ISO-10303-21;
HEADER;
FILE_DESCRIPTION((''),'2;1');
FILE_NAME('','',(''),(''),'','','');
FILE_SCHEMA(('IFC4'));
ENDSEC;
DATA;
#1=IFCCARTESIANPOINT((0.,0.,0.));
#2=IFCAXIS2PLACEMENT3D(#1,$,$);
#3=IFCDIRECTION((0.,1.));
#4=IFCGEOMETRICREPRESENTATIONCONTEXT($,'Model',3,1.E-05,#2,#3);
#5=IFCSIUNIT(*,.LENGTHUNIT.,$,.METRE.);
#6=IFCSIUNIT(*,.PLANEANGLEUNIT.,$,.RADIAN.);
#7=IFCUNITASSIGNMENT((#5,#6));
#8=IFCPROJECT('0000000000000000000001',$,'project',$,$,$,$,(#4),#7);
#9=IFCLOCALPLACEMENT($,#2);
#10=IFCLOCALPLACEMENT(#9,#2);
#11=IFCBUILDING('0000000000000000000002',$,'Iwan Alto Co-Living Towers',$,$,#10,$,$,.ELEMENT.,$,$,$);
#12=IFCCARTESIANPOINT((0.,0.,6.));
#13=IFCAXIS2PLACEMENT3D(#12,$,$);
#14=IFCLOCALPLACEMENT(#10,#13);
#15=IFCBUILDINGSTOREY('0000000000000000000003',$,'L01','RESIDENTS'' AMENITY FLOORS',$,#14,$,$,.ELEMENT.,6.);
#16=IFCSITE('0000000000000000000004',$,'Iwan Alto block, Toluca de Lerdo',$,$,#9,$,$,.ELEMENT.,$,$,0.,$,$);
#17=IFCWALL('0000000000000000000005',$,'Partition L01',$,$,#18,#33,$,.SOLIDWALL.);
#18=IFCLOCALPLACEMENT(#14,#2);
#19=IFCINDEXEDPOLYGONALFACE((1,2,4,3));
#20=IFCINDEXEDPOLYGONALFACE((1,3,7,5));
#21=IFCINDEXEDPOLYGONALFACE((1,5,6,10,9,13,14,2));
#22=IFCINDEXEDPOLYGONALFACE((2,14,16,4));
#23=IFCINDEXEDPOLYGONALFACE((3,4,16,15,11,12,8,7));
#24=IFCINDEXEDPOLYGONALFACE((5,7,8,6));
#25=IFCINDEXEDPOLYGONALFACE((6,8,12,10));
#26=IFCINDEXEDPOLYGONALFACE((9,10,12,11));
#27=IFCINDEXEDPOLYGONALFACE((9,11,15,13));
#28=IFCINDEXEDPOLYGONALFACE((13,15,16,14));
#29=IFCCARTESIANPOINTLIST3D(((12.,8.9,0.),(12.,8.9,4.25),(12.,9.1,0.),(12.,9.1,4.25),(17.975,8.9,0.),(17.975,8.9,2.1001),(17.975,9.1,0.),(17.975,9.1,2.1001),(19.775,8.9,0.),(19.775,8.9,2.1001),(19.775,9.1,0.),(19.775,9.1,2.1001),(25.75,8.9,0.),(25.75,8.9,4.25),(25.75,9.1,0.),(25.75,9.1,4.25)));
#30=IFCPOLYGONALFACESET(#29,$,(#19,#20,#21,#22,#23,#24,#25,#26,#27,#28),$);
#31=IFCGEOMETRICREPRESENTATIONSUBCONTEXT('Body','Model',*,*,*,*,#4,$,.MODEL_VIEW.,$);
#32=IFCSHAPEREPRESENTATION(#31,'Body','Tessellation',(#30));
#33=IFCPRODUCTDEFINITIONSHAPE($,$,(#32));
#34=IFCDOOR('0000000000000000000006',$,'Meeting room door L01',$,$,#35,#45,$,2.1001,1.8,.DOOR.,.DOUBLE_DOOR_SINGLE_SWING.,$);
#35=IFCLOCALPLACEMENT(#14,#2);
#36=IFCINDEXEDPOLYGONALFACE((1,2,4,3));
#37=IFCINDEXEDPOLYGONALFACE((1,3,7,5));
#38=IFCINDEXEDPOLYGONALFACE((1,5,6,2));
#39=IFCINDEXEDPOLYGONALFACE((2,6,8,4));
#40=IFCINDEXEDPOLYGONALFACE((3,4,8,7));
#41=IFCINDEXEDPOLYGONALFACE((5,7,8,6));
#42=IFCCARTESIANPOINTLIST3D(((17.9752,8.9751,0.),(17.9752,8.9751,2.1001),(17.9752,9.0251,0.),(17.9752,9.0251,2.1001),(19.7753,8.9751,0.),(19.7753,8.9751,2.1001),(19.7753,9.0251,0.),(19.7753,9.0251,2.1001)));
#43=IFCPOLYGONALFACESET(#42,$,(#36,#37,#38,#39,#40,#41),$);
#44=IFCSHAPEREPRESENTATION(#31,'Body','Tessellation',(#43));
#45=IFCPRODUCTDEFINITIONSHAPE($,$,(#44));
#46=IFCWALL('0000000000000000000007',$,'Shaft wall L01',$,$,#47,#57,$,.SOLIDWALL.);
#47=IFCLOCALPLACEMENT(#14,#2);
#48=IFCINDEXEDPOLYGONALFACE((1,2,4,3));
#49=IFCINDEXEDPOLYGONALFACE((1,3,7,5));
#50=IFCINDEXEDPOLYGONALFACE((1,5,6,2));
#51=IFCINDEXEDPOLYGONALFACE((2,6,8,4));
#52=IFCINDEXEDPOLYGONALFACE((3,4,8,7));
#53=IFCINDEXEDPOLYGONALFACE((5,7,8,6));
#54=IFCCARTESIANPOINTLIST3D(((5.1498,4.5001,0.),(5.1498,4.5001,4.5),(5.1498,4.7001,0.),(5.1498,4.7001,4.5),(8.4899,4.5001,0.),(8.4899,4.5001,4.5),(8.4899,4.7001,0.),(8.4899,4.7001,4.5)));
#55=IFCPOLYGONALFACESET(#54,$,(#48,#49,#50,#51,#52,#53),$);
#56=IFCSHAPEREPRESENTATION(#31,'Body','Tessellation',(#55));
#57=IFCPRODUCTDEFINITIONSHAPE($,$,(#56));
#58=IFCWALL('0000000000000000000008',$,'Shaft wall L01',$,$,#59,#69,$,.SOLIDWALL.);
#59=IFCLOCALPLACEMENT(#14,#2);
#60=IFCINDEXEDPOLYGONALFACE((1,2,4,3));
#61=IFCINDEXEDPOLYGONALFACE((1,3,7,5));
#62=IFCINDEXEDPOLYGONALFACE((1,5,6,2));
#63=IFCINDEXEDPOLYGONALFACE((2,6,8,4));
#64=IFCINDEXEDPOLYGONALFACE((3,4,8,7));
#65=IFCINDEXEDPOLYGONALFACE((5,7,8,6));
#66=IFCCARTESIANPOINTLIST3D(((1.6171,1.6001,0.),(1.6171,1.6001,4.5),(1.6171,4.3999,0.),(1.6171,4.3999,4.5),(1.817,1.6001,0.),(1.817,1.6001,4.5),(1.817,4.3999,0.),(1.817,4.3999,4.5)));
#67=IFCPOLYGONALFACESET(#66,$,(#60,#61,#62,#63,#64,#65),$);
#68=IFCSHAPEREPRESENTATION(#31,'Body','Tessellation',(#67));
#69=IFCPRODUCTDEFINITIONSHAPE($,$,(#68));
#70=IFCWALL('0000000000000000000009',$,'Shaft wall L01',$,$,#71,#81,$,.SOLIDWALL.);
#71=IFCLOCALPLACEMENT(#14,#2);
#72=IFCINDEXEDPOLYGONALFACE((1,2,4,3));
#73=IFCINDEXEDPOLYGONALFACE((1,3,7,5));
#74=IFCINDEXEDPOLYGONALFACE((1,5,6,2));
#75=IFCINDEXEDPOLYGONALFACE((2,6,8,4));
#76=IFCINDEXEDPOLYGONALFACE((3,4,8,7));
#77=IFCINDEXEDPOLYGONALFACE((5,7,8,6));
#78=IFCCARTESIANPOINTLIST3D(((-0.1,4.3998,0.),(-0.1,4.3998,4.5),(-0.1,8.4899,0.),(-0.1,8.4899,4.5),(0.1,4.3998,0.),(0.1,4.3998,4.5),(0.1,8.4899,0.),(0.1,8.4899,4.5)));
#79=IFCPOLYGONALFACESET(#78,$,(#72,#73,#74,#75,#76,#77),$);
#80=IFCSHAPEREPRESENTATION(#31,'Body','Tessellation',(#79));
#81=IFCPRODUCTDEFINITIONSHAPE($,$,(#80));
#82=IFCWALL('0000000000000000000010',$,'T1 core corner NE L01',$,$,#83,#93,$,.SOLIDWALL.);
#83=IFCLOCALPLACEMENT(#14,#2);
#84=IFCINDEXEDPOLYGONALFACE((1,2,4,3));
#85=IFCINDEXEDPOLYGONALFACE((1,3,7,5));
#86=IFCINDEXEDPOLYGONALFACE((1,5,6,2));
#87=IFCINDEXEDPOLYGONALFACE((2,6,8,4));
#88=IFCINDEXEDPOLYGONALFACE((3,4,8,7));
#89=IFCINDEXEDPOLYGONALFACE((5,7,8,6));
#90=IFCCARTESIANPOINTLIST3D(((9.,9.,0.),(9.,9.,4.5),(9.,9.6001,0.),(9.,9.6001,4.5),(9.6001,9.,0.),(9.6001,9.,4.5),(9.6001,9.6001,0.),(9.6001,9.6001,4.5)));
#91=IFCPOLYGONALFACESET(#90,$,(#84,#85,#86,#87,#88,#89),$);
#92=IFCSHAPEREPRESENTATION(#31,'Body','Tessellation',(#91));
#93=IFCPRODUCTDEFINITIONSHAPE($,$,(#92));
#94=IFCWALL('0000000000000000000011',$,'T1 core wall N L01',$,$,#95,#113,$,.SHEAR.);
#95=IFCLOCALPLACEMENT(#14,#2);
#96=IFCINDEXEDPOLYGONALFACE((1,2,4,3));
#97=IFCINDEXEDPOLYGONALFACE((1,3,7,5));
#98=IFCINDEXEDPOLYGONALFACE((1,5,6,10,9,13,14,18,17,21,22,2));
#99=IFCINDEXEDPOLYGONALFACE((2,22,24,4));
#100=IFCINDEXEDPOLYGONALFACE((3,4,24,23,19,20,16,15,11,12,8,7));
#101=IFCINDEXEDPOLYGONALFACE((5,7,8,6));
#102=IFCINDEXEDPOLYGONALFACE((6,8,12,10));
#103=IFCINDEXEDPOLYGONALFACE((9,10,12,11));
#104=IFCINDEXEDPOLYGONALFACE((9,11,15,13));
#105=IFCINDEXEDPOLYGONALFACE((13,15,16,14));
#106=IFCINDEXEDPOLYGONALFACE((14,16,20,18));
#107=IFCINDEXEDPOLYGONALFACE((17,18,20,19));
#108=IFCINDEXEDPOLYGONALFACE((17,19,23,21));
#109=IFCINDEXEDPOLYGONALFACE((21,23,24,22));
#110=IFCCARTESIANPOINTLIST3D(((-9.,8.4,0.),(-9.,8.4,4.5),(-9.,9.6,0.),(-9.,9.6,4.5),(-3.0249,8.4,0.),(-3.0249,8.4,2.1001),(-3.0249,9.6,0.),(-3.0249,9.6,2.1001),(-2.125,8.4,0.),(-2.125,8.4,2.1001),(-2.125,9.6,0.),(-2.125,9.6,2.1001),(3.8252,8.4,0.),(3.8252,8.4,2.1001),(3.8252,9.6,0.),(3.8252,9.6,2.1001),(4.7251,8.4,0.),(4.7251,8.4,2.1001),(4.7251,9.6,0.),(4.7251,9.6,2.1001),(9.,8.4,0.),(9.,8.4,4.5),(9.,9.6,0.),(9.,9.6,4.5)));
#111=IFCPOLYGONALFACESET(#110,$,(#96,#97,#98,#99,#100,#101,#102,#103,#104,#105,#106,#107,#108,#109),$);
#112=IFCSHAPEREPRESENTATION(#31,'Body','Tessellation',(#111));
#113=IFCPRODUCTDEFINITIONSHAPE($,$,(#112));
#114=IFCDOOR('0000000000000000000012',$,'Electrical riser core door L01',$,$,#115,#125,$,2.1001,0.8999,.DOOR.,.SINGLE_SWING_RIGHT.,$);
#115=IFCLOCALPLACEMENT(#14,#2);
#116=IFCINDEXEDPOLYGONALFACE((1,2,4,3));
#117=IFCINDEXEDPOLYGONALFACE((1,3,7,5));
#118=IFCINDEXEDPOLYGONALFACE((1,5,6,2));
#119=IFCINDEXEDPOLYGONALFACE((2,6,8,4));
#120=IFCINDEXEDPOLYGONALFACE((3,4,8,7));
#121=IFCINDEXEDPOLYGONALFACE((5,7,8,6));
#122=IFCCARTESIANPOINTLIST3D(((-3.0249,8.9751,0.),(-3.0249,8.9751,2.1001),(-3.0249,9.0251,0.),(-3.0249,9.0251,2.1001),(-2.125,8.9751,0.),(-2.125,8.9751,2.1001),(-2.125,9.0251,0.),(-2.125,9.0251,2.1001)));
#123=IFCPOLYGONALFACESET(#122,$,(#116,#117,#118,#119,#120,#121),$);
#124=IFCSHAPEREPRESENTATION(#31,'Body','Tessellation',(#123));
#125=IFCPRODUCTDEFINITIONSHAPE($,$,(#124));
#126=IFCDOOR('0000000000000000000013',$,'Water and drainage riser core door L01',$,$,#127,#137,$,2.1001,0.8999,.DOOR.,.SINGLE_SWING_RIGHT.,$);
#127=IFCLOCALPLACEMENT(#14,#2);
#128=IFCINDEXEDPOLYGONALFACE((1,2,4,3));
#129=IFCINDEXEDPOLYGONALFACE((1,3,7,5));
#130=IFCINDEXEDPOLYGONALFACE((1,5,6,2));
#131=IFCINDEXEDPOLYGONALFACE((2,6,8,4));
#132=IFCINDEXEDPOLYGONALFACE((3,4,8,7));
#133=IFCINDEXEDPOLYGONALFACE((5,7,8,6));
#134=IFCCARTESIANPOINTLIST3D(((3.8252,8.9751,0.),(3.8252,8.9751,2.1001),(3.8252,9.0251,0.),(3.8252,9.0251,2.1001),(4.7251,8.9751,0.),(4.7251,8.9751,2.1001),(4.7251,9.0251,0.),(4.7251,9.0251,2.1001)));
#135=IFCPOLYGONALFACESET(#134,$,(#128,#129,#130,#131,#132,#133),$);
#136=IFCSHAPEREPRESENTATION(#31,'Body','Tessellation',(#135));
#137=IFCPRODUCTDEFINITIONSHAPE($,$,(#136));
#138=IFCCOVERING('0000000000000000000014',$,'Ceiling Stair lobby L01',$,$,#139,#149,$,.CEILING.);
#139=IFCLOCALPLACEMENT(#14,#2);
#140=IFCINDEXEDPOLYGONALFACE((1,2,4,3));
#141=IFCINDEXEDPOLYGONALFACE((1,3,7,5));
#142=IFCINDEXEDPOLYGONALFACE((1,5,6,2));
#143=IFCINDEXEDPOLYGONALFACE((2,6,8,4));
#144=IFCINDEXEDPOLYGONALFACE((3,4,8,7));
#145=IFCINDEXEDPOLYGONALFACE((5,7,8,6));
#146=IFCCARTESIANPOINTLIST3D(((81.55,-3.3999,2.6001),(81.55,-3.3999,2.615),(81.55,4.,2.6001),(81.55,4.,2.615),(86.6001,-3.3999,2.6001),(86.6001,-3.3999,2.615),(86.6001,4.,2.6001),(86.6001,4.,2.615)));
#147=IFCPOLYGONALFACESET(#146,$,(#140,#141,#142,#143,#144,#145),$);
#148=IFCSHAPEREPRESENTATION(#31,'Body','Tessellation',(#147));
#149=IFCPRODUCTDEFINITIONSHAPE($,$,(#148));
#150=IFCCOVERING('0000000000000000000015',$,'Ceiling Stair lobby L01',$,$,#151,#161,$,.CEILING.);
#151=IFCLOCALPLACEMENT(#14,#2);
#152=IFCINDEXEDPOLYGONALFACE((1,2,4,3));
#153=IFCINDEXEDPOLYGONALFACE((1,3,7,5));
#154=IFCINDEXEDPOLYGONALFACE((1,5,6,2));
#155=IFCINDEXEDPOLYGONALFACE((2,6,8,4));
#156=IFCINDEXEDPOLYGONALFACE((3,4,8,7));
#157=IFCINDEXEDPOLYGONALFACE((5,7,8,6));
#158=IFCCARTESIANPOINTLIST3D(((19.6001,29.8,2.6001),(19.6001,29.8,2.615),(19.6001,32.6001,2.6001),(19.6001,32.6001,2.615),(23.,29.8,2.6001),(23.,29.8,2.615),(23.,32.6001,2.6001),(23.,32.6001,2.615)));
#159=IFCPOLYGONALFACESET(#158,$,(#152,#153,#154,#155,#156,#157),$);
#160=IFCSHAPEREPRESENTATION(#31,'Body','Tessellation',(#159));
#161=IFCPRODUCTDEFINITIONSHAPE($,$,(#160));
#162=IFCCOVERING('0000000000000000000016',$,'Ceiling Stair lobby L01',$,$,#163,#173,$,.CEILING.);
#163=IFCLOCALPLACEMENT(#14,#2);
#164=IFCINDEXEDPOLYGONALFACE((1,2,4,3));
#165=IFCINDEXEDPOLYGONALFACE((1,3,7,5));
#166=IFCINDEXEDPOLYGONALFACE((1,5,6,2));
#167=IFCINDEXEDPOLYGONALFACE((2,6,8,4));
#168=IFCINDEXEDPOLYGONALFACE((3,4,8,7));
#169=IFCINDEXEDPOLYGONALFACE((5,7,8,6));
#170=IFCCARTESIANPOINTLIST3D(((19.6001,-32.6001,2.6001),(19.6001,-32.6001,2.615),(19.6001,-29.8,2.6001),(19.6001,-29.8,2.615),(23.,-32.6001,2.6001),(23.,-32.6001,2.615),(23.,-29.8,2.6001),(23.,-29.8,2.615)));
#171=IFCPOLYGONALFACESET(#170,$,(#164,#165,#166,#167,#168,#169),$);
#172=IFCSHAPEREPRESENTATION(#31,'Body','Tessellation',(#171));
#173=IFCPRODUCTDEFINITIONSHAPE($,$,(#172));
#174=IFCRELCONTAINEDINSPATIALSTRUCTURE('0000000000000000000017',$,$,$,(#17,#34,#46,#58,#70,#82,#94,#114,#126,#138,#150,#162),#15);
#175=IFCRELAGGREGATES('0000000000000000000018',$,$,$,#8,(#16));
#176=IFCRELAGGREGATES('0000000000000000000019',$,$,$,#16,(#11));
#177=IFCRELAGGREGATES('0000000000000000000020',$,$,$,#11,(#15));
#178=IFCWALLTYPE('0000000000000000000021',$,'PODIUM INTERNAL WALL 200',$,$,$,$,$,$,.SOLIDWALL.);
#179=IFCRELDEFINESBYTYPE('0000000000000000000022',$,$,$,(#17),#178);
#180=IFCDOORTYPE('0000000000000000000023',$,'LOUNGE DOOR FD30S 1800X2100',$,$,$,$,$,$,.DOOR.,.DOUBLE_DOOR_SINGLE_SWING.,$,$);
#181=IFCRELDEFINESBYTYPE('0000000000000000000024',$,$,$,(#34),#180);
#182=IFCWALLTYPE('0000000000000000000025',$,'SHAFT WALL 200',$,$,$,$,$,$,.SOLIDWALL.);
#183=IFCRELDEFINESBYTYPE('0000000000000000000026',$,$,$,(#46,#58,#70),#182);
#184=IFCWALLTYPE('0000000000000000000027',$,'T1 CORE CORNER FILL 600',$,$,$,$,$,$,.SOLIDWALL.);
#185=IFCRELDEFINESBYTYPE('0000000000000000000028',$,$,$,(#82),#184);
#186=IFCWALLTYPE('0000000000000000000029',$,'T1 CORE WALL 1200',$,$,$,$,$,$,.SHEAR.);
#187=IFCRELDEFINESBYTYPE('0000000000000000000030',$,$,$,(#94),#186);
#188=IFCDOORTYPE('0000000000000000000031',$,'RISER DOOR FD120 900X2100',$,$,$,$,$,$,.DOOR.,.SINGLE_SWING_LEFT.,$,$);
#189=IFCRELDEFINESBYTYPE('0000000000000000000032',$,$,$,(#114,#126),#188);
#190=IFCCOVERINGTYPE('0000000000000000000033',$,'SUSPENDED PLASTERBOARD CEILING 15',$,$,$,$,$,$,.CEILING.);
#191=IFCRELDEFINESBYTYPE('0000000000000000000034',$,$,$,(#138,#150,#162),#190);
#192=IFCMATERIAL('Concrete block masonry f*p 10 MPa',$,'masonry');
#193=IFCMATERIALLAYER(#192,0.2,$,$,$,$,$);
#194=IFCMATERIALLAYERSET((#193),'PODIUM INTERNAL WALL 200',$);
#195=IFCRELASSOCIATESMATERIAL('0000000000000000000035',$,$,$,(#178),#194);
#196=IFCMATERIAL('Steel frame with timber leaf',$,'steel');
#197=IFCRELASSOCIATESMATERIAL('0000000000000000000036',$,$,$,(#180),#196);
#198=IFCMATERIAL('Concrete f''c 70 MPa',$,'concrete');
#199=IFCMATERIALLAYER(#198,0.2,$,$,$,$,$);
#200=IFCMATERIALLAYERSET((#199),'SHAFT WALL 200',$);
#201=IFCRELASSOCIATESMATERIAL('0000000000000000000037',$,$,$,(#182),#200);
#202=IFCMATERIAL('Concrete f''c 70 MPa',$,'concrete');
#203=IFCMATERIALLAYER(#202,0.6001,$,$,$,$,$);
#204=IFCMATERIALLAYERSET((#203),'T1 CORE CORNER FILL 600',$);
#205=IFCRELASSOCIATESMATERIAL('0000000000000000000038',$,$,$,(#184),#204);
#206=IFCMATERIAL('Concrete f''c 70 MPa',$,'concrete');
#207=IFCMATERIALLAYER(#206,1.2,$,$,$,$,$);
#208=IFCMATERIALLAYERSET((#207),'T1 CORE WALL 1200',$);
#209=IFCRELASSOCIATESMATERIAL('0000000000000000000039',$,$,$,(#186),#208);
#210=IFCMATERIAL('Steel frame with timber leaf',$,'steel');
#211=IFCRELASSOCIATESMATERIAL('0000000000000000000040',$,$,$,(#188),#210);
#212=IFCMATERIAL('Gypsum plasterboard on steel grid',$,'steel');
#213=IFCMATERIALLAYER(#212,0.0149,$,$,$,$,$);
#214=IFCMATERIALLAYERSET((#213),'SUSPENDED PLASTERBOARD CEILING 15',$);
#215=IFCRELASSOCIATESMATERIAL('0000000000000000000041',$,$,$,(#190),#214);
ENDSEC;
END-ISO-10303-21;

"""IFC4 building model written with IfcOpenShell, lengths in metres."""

from ifc_helpers import new_model, si_unit, direction, frame, frame_2d, origin, place, context, subcontext, project, spatial, polyline, rectangle, outline, extrude, material, layer, layer_set, type_object, element, fill, save


model = new_model("IFC4")

# Units and contexts
model_context = context("Model", 3, precision=1e-05, world=origin(), true_north=direction((0.0, 1.0)))
body_context = subcontext(model_context, "Body", "Model", "MODEL_VIEW")
ifc_project = project(units=[si_unit("LENGTHUNIT", "METRE"), si_unit("PLANEANGLEUNIT", "RADIAN")], contexts=[model_context])

# Site, building, storey
site_placement = place(None, origin())
site = spatial("IfcSite", under=ifc_project, at=site_placement, Name="Iwan Alto block, Toluca de Lerdo", CompositionType="ELEMENT", RefElevation=0.0)
building_placement = place(site_placement, origin())
building = spatial("IfcBuilding", under=site, at=building_placement, Name="Iwan Alto Co-Living Towers", CompositionType="ELEMENT")
storey_placement = place(building_placement, frame((0.0, 0.0, 6.0)))
storey = spatial("IfcBuildingStorey", under=building, at=storey_placement, Name="L01", Description="RESIDENTS' AMENITY FLOORS", CompositionType="ELEMENT", Elevation=6.0)

# Wall, opening, door
ifc_material_1 = material(Name="Concrete block masonry f*p 10 MPa", Category="masonry")
ifc_layer_1 = layer(ifc_material_1, 0.2)
ifc_layer_set_1 = layer_set([ifc_layer_1], Name="PODIUM INTERNAL WALL 200")
wall_type_1 = type_object("IfcWallType", Name="PODIUM INTERNAL WALL 200", PredefinedType="SOLIDWALL", material=ifc_layer_set_1)
wall_1_placement = place(storey_placement, frame((12.0, 9.0, 0.0), z_axis=(0.0, 0.0, 1.0), x_axis=(1.0, 0.0, 0.0)))
wall_1 = element("IfcWall", 1, at=wall_1_placement, inside=storey, type_object=wall_type_1, Name="Partition L01", PredefinedType="SOLIDWALL", context=body_context, shape_type="SweptSolid", body=[
    extrude(rectangle(XDim=13.75, YDim=0.2, at=frame_2d((6.875, 0.0))), origin(), (0.0, 0.0, 1.0), 4.25),
])
opening_1_placement = place(wall_1_placement, frame((5.9751, 0.0, 0.0)))
opening_1 = element("IfcOpeningElement", 2, at=opening_1_placement, cuts=wall_1, PredefinedType="OPENING", context=body_context, shape_type="SweptSolid", body=[
    extrude(rectangle(XDim=1.8, YDim=2.1001, at=frame_2d((0.8999, 1.05))), frame((0.0, 0.1099, 0.0), z_axis=(0.0, -1.0, 0.0), x_axis=(1.0, 0.0, 0.0)), (0.0, 0.0, 1.0), 0.22),
])
ifc_material_2 = material(Name="Steel frame with timber leaf", Category="steel")
door_type_1 = type_object("IfcDoorType", Name="LOUNGE DOOR FD30S 1800X2100", OperationType="DOUBLE_DOOR_SINGLE_SWING", PredefinedType="DOOR", material=ifc_material_2)
door_1_placement = place(opening_1_placement, frame((1.8, 0.0, 0.0), z_axis=(0.0, 0.0, 1.0), x_axis=(-1.0, 0.0, 0.0)))
door_1 = element("IfcDoor", 3, at=door_1_placement, inside=storey, type_object=door_type_1, Name="Meeting room door L01", OperationType="DOUBLE_DOOR_SINGLE_SWING", OverallHeight=2.1001, OverallWidth=1.8, PredefinedType="DOOR", context=body_context, shape_type="SweptSolid", body=[
    extrude(rectangle(XDim=1.8, YDim=2.1001, at=frame_2d((0.8999, 1.05))), frame((0.0, 0.0249, 0.0), z_axis=(0.0, -1.0, 0.0), x_axis=(1.0, 0.0, 0.0)), (0.0, 0.0, 1.0), 0.05),
])
fill(opening_1, door_1)

# Walls
ifc_material_3 = material(Name="Concrete f'c 70 MPa", Category="concrete")
ifc_layer_2 = layer(ifc_material_3, 0.2)
ifc_layer_set_2 = layer_set([ifc_layer_2], Name="SHAFT WALL 200")
wall_type_2 = type_object("IfcWallType", Name="SHAFT WALL 200", PredefinedType="SOLIDWALL", material=ifc_layer_set_2)
wall_2_placement = place(storey_placement, frame((5.1499, 4.6001, 0.0), z_axis=(0.0, 0.0, 1.0), x_axis=(1.0, 0.0, 0.0)))
element("IfcWall", 4, at=wall_2_placement, inside=storey, type_object=wall_type_2, Name="Shaft wall L01", PredefinedType="SOLIDWALL", context=body_context, shape_type="SweptSolid", body=[
    extrude(rectangle(XDim=3.3401, YDim=0.2, at=frame_2d((1.6699, 0.0))), origin(), (0.0, 0.0, 1.0), 4.5),
])
wall_3_placement = place(storey_placement, frame((1.717, 1.6001, 0.0), z_axis=(0.0, 0.0, 1.0), x_axis=(0.0, 1.0, 0.0)))
element("IfcWall", 5, at=wall_3_placement, inside=storey, type_object=wall_type_2, Name="Shaft wall L01", PredefinedType="SOLIDWALL", context=body_context, shape_type="SweptSolid", body=[
    extrude(rectangle(XDim=2.7998, YDim=0.2, at=frame_2d((1.3999, 0.0))), origin(), (0.0, 0.0, 1.0), 4.5),
])
wall_4_placement = place(storey_placement, frame((0.0, 4.3999, 0.0), z_axis=(0.0, 0.0, 1.0), x_axis=(0.0, 1.0, 0.0)))
element("IfcWall", 6, at=wall_4_placement, inside=storey, type_object=wall_type_2, Name="Shaft wall L01", PredefinedType="SOLIDWALL", context=body_context, shape_type="SweptSolid", body=[
    extrude(rectangle(XDim=4.0901, YDim=0.2, at=frame_2d((2.0449, 0.0))), origin(), (0.0, 0.0, 1.0), 4.5),
])
ifc_material_4 = material(Name="Concrete f'c 70 MPa", Category="concrete")
ifc_layer_3 = layer(ifc_material_4, 0.6001)
ifc_layer_set_3 = layer_set([ifc_layer_3], Name="T1 CORE CORNER FILL 600")
wall_type_3 = type_object("IfcWallType", Name="T1 CORE CORNER FILL 600", PredefinedType="SOLIDWALL", material=ifc_layer_set_3)
wall_5_placement = place(storey_placement, frame((9.0, 9.3, 0.0), z_axis=(0.0, 0.0, 1.0), x_axis=(1.0, 0.0, 0.0)))
element("IfcWall", 7, at=wall_5_placement, inside=storey, type_object=wall_type_3, Name="T1 core corner NE L01", PredefinedType="SOLIDWALL", context=body_context, shape_type="SweptSolid", body=[
    extrude(rectangle(XDim=0.6001, YDim=0.6001, at=frame_2d((0.3, 0.0))), origin(), (0.0, 0.0, 1.0), 4.5),
])

# Wall, openings, doors
ifc_material_5 = material(Name="Concrete f'c 70 MPa", Category="concrete")
ifc_layer_4 = layer(ifc_material_5, 1.2)
ifc_layer_set_4 = layer_set([ifc_layer_4], Name="T1 CORE WALL 1200")
wall_type_4 = type_object("IfcWallType", Name="T1 CORE WALL 1200", PredefinedType="SHEAR", material=ifc_layer_set_4)
wall_6_placement = place(storey_placement, frame((9.0, 9.0, 0.0), z_axis=(0.0, 0.0, 1.0), x_axis=(-1.0, 0.0, 0.0)))
wall_6 = element("IfcWall", 8, at=wall_6_placement, inside=storey, type_object=wall_type_4, Name="T1 core wall N L01", PredefinedType="SHEAR", context=body_context, shape_type="SweptSolid", body=[
    extrude(rectangle(XDim=18.0, YDim=1.2, at=frame_2d((9.0, 0.0))), origin(), (0.0, 0.0, 1.0), 4.5),
])
opening_2_placement = place(wall_6_placement, frame((11.125, 0.0, 0.0)))
opening_2 = element("IfcOpeningElement", 9, at=opening_2_placement, cuts=wall_6, PredefinedType="OPENING", context=body_context, shape_type="SweptSolid", body=[
    extrude(rectangle(XDim=0.8999, YDim=2.1001, at=frame_2d((0.45, 1.05))), frame((0.0, 0.6099, 0.0), z_axis=(0.0, -1.0, 0.0), x_axis=(1.0, 0.0, 0.0)), (0.0, 0.0, 1.0), 1.22),
])
opening_3_placement = place(wall_6_placement, frame((4.2749, 0.0, 0.0)))
opening_3 = element("IfcOpeningElement", 10, at=opening_3_placement, cuts=wall_6, PredefinedType="OPENING", context=body_context, shape_type="SweptSolid", body=[
    extrude(rectangle(XDim=0.8999, YDim=2.1001, at=frame_2d((0.45, 1.05))), frame((0.0, 0.6099, 0.0), z_axis=(0.0, -1.0, 0.0), x_axis=(1.0, 0.0, 0.0)), (0.0, 0.0, 1.0), 1.22),
])
ifc_material_6 = material(Name="Steel frame with timber leaf", Category="steel")
door_type_2 = type_object("IfcDoorType", Name="RISER DOOR FD120 900X2100", OperationType="SINGLE_SWING_LEFT", PredefinedType="DOOR", material=ifc_material_6)
door_2_placement = place(opening_2_placement, origin())
door_2 = element("IfcDoor", 11, at=door_2_placement, inside=storey, type_object=door_type_2, Name="Electrical riser core door L01", OperationType="SINGLE_SWING_RIGHT", OverallHeight=2.1001, OverallWidth=0.8999, PredefinedType="DOOR", context=body_context, shape_type="SweptSolid", body=[
    extrude(rectangle(XDim=0.8999, YDim=2.1001, at=frame_2d((0.45, 1.05))), frame((0.0, 0.0249, 0.0), z_axis=(0.0, -1.0, 0.0), x_axis=(1.0, 0.0, 0.0)), (0.0, 0.0, 1.0), 0.05),
])
fill(opening_2, door_2)
door_3_placement = place(opening_3_placement, origin())
door_3 = element("IfcDoor", 12, at=door_3_placement, inside=storey, type_object=door_type_2, Name="Water and drainage riser core door L01", OperationType="SINGLE_SWING_RIGHT", OverallHeight=2.1001, OverallWidth=0.8999, PredefinedType="DOOR", context=body_context, shape_type="SweptSolid", body=[
    extrude(rectangle(XDim=0.8999, YDim=2.1001, at=frame_2d((0.45, 1.05))), frame((0.0, 0.0249, 0.0), z_axis=(0.0, -1.0, 0.0), x_axis=(1.0, 0.0, 0.0)), (0.0, 0.0, 1.0), 0.05),
])
fill(opening_3, door_3)

# Coverings
ifc_material_7 = material(Name="Gypsum plasterboard on steel grid", Category="steel")
ifc_layer_5 = layer(ifc_material_7, 0.0149)
ifc_layer_set_5 = layer_set([ifc_layer_5], Name="SUSPENDED PLASTERBOARD CEILING 15")
covering_type_1 = type_object("IfcCoveringType", Name="SUSPENDED PLASTERBOARD CEILING 15", PredefinedType="CEILING", material=ifc_layer_set_5)
covering_1_placement = place(storey_placement, frame((0.0, 0.0, 2.6001)))
element("IfcCovering", 13, at=covering_1_placement, inside=storey, type_object=covering_type_1, Name="Ceiling Stair lobby L01", PredefinedType="CEILING", context=body_context, shape_type="SweptSolid", body=[
    extrude(outline(polyline([(86.6001, 4.0), (86.6001, -3.3999), (81.55, -3.3999), (81.55, 4.0), (86.6001, 4.0)])), origin(), (0.0, 0.0, 1.0), 0.0149),
])
covering_2_placement = place(storey_placement, frame((0.0, 0.0, 2.6001)))
element("IfcCovering", 14, at=covering_2_placement, inside=storey, type_object=covering_type_1, Name="Ceiling Stair lobby L01", PredefinedType="CEILING", context=body_context, shape_type="SweptSolid", body=[
    extrude(outline(polyline([(19.6001, 29.8), (19.6001, 32.6001), (23.0, 32.6001), (23.0, 29.8), (19.6001, 29.8)])), origin(), (0.0, 0.0, 1.0), 0.0149),
])
covering_3_placement = place(storey_placement, frame((0.0, 0.0, 2.6001)))
element("IfcCovering", 15, at=covering_3_placement, inside=storey, type_object=covering_type_1, Name="Ceiling Stair lobby L01", PredefinedType="CEILING", context=body_context, shape_type="SweptSolid", body=[
    extrude(outline(polyline([(19.6001, -32.6001), (19.6001, -29.8), (23.0, -29.8), (23.0, -32.6001), (19.6001, -32.6001)])), origin(), (0.0, 0.0, 1.0), 0.0149),
])

save(model, "model.ifc")
